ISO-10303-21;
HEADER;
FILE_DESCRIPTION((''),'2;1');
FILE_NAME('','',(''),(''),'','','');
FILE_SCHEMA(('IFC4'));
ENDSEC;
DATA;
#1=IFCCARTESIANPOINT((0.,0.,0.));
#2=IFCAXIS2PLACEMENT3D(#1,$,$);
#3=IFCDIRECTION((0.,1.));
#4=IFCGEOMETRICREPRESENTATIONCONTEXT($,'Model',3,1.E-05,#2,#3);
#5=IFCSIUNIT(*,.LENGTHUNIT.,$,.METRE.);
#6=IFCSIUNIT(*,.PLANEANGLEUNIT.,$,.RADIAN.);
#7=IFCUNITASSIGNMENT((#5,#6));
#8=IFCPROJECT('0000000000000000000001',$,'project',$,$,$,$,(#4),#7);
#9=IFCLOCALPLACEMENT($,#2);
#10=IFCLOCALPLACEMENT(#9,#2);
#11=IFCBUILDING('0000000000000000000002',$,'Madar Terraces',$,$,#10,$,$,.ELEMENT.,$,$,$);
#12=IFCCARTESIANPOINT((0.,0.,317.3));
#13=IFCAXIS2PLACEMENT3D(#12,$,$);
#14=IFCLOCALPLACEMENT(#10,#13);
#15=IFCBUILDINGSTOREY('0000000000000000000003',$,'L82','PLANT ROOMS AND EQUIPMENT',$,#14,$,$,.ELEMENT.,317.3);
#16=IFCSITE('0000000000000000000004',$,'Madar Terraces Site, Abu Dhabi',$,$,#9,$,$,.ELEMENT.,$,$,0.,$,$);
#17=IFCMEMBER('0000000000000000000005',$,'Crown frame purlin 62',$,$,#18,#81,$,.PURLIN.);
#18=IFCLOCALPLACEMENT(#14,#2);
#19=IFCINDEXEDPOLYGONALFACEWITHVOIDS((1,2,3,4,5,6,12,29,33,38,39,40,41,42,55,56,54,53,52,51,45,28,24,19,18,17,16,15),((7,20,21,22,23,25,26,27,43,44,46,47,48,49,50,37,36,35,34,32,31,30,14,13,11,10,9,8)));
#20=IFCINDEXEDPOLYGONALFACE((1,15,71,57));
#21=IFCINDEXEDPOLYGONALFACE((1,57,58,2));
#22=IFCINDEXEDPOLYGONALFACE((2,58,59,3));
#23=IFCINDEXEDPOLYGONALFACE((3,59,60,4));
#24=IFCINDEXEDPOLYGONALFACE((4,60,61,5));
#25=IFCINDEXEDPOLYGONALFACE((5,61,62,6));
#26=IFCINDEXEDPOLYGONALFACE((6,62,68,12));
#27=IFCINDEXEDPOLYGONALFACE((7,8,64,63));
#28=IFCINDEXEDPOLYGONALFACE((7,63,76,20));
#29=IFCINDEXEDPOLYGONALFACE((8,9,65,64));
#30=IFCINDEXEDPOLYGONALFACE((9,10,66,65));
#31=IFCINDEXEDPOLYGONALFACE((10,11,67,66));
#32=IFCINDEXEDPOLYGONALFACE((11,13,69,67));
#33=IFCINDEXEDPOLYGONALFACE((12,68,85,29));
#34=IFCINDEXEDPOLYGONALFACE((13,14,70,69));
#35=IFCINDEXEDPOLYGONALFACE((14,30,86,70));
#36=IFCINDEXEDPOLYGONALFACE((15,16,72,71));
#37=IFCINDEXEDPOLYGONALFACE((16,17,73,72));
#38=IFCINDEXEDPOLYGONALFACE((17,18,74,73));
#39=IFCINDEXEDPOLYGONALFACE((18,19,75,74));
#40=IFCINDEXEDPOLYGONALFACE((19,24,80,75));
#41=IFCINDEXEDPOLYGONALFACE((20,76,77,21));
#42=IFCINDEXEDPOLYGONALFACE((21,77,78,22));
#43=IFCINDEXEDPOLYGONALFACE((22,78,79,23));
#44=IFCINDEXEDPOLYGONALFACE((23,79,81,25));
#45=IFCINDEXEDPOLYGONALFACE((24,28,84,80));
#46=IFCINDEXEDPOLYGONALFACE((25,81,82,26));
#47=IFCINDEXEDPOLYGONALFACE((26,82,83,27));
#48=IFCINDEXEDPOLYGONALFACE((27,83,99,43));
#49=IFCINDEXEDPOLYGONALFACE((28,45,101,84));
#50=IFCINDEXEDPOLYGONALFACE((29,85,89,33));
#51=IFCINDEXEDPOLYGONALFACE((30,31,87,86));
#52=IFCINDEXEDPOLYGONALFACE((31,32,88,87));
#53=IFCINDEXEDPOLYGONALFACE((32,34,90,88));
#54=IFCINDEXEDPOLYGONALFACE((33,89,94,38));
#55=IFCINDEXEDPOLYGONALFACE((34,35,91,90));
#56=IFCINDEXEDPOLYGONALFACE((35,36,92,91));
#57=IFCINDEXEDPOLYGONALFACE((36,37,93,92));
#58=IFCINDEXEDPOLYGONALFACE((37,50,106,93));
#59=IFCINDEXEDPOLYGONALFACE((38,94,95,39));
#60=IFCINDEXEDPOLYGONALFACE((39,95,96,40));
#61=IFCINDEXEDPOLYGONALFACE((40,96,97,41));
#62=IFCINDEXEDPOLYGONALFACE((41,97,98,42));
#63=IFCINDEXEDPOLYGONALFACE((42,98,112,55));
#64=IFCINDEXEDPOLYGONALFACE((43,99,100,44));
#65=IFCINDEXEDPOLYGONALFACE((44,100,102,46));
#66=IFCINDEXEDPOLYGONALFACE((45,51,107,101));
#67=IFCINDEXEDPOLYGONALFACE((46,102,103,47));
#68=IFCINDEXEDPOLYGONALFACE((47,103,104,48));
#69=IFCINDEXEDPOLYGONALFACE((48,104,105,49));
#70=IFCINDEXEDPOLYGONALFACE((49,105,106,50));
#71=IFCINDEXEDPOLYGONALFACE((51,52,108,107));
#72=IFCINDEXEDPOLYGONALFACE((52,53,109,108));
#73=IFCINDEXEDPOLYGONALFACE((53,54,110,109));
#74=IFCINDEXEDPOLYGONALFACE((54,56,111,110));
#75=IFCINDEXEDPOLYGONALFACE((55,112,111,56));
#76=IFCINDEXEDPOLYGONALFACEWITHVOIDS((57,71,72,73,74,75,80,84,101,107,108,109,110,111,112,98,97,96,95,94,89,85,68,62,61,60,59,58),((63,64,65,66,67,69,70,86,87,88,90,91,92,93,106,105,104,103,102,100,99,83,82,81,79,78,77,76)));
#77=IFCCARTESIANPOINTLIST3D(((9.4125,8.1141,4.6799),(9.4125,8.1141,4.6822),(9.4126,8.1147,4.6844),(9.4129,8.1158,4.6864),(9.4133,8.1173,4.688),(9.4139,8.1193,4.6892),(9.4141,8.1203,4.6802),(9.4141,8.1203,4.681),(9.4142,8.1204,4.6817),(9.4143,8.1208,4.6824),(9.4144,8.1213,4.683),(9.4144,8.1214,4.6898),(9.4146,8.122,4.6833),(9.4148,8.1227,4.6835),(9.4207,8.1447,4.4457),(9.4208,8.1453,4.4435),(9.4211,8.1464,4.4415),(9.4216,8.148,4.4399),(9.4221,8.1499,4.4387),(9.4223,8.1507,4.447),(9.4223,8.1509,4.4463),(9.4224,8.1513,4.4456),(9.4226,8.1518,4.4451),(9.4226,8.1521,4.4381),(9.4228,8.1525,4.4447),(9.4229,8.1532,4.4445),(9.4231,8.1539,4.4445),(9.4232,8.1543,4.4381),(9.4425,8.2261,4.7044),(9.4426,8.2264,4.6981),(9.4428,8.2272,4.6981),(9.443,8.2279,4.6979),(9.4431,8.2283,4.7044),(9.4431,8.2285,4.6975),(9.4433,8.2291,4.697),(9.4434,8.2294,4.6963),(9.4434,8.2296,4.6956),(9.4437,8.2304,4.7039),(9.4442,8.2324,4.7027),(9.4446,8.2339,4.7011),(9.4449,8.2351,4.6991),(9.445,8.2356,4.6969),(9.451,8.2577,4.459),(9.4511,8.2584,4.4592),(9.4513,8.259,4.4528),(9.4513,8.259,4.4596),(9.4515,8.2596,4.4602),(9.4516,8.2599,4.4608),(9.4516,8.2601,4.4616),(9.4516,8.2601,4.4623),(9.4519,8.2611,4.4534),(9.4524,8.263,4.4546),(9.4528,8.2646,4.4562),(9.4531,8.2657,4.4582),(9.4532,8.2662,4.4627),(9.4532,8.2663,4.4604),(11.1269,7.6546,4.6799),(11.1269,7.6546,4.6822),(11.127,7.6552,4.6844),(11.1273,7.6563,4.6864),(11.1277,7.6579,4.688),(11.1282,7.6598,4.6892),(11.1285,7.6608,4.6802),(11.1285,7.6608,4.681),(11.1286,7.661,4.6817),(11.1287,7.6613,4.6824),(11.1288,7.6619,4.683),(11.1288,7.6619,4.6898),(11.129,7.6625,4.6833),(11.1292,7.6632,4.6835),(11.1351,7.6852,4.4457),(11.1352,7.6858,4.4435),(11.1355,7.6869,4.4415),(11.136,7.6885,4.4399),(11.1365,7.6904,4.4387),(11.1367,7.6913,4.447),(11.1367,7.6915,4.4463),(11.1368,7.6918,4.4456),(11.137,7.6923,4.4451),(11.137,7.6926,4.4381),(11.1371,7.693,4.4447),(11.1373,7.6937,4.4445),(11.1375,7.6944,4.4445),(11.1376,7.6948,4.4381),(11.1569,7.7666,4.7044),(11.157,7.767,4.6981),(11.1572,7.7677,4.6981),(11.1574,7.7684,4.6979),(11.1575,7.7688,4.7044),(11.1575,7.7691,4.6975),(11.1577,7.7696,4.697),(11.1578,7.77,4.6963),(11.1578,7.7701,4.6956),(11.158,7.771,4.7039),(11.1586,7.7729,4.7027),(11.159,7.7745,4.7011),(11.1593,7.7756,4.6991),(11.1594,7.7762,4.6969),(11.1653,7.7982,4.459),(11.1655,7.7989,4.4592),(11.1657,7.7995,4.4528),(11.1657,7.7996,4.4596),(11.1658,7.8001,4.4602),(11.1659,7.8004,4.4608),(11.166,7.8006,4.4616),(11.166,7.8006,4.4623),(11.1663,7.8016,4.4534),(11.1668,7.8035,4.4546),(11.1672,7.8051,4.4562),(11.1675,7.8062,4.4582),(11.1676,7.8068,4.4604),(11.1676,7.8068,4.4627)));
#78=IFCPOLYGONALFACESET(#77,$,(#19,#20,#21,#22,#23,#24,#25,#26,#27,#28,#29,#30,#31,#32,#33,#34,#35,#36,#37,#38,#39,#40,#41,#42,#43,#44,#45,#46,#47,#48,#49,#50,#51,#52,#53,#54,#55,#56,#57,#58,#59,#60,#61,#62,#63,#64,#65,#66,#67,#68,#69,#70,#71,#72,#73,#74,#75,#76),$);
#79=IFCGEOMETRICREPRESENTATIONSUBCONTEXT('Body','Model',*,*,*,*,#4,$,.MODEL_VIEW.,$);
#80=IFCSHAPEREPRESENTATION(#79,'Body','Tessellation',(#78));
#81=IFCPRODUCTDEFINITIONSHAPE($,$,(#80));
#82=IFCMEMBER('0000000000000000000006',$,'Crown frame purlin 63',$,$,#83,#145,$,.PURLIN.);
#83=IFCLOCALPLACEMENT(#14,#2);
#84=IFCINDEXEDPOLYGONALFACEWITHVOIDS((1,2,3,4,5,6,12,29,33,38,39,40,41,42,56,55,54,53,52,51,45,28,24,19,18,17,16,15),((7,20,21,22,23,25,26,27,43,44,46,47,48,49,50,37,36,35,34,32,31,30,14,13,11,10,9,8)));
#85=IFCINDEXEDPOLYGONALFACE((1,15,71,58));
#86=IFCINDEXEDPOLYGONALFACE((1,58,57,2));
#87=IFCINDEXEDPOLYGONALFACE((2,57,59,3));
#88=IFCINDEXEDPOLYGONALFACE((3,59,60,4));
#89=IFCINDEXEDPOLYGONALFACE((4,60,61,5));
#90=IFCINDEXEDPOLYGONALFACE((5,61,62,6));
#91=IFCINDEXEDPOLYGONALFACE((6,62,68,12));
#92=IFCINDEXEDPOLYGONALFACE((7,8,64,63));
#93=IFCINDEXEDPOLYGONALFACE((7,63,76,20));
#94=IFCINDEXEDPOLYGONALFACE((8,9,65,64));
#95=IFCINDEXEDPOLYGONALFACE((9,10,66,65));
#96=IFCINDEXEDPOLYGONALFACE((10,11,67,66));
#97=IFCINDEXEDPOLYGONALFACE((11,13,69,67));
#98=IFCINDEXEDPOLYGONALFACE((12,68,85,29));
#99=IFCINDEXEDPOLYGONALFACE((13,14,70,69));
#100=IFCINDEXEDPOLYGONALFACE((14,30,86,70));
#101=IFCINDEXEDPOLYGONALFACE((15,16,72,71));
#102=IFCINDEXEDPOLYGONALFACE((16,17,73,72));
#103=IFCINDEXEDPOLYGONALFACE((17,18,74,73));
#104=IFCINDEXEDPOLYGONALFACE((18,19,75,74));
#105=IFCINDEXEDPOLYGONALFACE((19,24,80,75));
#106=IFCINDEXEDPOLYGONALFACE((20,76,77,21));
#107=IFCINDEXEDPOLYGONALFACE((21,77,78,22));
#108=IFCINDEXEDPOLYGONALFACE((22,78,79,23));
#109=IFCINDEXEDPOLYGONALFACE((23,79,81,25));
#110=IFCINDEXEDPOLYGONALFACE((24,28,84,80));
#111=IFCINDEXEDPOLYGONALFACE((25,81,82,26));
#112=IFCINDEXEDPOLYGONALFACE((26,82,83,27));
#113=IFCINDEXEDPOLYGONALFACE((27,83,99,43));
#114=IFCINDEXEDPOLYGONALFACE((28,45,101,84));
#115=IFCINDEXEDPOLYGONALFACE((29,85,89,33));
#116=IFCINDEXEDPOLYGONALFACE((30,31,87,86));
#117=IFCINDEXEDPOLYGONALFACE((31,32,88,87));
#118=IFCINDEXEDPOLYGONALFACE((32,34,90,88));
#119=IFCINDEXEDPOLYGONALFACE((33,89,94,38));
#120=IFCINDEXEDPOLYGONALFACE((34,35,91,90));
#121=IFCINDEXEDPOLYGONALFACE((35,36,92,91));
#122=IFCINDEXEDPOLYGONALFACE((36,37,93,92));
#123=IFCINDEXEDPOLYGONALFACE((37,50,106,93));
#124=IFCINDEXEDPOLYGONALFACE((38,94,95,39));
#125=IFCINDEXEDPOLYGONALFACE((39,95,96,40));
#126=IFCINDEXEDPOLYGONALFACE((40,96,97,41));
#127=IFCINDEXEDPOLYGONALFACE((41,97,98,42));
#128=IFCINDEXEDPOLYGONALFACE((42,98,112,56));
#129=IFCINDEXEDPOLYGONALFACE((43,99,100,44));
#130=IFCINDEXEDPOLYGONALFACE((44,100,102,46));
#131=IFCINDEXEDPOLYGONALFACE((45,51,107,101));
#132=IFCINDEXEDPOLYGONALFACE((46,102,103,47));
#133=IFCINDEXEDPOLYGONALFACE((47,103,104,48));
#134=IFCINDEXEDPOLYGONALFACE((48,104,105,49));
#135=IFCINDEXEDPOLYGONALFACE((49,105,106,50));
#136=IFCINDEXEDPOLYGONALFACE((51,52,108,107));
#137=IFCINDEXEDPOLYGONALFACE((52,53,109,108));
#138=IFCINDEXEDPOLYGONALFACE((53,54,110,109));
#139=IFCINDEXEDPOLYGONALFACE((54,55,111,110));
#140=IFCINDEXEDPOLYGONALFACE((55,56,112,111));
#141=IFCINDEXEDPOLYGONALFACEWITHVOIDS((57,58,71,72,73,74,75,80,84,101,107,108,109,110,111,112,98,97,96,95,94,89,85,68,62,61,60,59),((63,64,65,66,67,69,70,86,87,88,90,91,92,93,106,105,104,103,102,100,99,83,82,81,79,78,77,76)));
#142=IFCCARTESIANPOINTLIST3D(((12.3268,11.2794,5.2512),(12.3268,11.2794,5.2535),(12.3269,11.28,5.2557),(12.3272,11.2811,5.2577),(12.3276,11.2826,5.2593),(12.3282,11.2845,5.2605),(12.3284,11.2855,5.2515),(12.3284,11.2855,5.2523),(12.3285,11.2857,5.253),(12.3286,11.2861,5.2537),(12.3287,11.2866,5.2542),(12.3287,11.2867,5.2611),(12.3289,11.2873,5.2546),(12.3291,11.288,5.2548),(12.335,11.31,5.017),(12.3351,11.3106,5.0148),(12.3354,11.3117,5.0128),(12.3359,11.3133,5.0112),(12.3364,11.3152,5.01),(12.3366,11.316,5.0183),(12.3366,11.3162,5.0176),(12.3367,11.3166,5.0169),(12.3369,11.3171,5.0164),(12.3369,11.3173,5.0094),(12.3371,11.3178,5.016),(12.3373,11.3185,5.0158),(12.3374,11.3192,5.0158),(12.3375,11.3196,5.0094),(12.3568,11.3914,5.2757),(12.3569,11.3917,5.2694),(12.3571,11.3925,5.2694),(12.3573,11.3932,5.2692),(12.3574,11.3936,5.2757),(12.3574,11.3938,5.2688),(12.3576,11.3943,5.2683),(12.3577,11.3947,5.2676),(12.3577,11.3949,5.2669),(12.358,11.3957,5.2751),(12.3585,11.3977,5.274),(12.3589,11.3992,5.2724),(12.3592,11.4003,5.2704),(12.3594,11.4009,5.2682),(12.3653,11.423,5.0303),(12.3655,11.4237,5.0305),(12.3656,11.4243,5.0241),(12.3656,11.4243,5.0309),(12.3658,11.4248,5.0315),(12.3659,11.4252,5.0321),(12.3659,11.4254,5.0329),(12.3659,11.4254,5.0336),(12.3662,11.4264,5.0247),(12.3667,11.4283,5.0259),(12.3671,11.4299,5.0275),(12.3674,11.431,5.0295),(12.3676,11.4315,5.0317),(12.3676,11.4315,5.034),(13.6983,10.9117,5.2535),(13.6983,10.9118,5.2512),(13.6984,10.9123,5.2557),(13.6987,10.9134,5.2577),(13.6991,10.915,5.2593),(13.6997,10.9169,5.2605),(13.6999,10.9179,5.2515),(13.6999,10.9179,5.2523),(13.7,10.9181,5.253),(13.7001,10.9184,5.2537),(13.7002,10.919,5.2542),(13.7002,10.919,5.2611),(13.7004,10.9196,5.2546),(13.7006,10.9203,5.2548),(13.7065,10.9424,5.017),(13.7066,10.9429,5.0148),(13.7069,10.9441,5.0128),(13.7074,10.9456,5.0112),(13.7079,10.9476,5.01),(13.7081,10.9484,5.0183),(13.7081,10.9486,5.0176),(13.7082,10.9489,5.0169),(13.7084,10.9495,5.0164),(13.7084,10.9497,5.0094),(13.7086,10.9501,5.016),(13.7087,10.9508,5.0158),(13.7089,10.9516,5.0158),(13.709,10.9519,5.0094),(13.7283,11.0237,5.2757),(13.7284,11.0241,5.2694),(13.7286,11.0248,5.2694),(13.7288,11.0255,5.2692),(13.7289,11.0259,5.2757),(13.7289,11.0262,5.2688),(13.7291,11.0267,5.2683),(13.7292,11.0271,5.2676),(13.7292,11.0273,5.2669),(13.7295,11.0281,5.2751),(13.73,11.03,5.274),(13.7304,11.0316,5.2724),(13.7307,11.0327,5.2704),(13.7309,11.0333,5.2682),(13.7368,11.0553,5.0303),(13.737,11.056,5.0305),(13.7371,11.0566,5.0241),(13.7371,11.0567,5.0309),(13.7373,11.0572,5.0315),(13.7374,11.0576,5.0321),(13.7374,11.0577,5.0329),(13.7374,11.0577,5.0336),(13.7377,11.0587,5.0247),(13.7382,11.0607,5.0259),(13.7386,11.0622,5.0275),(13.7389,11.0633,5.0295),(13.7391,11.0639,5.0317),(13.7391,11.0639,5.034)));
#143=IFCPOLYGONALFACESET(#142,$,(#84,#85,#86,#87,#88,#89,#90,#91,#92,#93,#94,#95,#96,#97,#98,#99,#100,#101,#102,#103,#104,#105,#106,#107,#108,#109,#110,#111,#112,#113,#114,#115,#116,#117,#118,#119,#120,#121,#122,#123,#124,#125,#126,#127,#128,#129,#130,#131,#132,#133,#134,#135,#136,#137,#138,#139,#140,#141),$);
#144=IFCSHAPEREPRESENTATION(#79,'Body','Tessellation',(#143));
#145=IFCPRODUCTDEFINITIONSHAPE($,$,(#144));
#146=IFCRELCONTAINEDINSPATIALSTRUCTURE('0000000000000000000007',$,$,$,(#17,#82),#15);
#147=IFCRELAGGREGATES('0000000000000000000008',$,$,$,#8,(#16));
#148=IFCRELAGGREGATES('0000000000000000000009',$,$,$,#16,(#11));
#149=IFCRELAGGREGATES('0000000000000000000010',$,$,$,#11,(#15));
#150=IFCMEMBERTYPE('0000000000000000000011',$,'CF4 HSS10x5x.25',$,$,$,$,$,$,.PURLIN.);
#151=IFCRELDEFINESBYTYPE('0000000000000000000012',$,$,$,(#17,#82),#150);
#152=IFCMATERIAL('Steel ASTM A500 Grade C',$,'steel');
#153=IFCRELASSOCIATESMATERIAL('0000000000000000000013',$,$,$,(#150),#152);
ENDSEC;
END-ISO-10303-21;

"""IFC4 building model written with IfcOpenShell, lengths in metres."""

from ifc_helpers import new_model, si_unit, direction, frame, origin, origin_2d, place, context, subcontext, project, spatial, hollow_rectangle, extrude, material, material_profile, profile_set, type_object, element, save


model = new_model("IFC4")

# Units and contexts
model_context = context("Model", 3, precision=1e-05, world=origin(), true_north=direction((0.0, 1.0)))
body_context = subcontext(model_context, "Body", "Model", "MODEL_VIEW")
ifc_project = project(units=[si_unit("LENGTHUNIT", "METRE"), si_unit("PLANEANGLEUNIT", "RADIAN")], contexts=[model_context])

# Site, building, storey
site_placement = place(None, origin())
site = spatial("IfcSite", under=ifc_project, at=site_placement, Name="Madar Terraces Site, Abu Dhabi", CompositionType="ELEMENT", RefElevation=0.0)
building_placement = place(site_placement, origin())
building = spatial("IfcBuilding", under=site, at=building_placement, Name="Madar Terraces", CompositionType="ELEMENT")
storey_placement = place(building_placement, frame((0.0, 0.0, 317.3)))
storey = spatial("IfcBuildingStorey", under=building, at=storey_placement, Name="L82", Description="PLANT ROOMS AND EQUIPMENT", CompositionType="ELEMENT", Elevation=317.3)

# Members
ifc_material_1 = material(Name="Steel ASTM A500 Grade C", Category="steel")
ifc_material_profile_1 = material_profile(ifc_material_1, hollow_rectangle(XDim=0.127, YDim=0.2539, WallThickness=0.0063, InnerFilletRadius=0.0029, OuterFilletRadius=0.0088, at=origin_2d()), Name="HSS10x5x.25")
ifc_profile_set_1 = profile_set([ifc_material_profile_1], Name="Steel ASTM A500 Grade C")
member_type_1 = type_object("IfcMemberType", Name="CF4 HSS10x5x.25", PredefinedType="PURLIN", material=ifc_profile_set_1)
member_1_placement = place(storey_placement, frame((9.4329, 8.1902, 4.5713), z_axis=(0.96591, -0.258878, 0.0), x_axis=(0.25654, 0.957187, 0.134086)))
element("IfcMember", 1, at=member_1_placement, inside=storey, type_object=member_type_1, Name="Crown frame purlin 62", PredefinedType="PURLIN", context=body_context, shape_type="SweptSolid", body=[
    extrude(hollow_rectangle(XDim=0.127, YDim=0.2539, WallThickness=0.0063, InnerFilletRadius=0.0029, OuterFilletRadius=0.0088, at=origin_2d()), origin(), (0.0, 0.0, 1.0), 1.7749),
])
member_2_placement = place(storey_placement, frame((12.3472, 11.3555, 5.1426), z_axis=(0.965897, -0.258925, 0.0), x_axis=(0.256587, 0.957175, 0.134086)))
element("IfcMember", 2, at=member_2_placement, inside=storey, type_object=member_type_1, Name="Crown frame purlin 63", PredefinedType="PURLIN", context=body_context, shape_type="SweptSolid", body=[
    extrude(hollow_rectangle(XDim=0.127, YDim=0.2539, WallThickness=0.0063, InnerFilletRadius=0.0029, OuterFilletRadius=0.0088, at=origin_2d()), origin(), (0.0, 0.0, 1.0), 1.4199),
])

save(model, "model.ifc")
